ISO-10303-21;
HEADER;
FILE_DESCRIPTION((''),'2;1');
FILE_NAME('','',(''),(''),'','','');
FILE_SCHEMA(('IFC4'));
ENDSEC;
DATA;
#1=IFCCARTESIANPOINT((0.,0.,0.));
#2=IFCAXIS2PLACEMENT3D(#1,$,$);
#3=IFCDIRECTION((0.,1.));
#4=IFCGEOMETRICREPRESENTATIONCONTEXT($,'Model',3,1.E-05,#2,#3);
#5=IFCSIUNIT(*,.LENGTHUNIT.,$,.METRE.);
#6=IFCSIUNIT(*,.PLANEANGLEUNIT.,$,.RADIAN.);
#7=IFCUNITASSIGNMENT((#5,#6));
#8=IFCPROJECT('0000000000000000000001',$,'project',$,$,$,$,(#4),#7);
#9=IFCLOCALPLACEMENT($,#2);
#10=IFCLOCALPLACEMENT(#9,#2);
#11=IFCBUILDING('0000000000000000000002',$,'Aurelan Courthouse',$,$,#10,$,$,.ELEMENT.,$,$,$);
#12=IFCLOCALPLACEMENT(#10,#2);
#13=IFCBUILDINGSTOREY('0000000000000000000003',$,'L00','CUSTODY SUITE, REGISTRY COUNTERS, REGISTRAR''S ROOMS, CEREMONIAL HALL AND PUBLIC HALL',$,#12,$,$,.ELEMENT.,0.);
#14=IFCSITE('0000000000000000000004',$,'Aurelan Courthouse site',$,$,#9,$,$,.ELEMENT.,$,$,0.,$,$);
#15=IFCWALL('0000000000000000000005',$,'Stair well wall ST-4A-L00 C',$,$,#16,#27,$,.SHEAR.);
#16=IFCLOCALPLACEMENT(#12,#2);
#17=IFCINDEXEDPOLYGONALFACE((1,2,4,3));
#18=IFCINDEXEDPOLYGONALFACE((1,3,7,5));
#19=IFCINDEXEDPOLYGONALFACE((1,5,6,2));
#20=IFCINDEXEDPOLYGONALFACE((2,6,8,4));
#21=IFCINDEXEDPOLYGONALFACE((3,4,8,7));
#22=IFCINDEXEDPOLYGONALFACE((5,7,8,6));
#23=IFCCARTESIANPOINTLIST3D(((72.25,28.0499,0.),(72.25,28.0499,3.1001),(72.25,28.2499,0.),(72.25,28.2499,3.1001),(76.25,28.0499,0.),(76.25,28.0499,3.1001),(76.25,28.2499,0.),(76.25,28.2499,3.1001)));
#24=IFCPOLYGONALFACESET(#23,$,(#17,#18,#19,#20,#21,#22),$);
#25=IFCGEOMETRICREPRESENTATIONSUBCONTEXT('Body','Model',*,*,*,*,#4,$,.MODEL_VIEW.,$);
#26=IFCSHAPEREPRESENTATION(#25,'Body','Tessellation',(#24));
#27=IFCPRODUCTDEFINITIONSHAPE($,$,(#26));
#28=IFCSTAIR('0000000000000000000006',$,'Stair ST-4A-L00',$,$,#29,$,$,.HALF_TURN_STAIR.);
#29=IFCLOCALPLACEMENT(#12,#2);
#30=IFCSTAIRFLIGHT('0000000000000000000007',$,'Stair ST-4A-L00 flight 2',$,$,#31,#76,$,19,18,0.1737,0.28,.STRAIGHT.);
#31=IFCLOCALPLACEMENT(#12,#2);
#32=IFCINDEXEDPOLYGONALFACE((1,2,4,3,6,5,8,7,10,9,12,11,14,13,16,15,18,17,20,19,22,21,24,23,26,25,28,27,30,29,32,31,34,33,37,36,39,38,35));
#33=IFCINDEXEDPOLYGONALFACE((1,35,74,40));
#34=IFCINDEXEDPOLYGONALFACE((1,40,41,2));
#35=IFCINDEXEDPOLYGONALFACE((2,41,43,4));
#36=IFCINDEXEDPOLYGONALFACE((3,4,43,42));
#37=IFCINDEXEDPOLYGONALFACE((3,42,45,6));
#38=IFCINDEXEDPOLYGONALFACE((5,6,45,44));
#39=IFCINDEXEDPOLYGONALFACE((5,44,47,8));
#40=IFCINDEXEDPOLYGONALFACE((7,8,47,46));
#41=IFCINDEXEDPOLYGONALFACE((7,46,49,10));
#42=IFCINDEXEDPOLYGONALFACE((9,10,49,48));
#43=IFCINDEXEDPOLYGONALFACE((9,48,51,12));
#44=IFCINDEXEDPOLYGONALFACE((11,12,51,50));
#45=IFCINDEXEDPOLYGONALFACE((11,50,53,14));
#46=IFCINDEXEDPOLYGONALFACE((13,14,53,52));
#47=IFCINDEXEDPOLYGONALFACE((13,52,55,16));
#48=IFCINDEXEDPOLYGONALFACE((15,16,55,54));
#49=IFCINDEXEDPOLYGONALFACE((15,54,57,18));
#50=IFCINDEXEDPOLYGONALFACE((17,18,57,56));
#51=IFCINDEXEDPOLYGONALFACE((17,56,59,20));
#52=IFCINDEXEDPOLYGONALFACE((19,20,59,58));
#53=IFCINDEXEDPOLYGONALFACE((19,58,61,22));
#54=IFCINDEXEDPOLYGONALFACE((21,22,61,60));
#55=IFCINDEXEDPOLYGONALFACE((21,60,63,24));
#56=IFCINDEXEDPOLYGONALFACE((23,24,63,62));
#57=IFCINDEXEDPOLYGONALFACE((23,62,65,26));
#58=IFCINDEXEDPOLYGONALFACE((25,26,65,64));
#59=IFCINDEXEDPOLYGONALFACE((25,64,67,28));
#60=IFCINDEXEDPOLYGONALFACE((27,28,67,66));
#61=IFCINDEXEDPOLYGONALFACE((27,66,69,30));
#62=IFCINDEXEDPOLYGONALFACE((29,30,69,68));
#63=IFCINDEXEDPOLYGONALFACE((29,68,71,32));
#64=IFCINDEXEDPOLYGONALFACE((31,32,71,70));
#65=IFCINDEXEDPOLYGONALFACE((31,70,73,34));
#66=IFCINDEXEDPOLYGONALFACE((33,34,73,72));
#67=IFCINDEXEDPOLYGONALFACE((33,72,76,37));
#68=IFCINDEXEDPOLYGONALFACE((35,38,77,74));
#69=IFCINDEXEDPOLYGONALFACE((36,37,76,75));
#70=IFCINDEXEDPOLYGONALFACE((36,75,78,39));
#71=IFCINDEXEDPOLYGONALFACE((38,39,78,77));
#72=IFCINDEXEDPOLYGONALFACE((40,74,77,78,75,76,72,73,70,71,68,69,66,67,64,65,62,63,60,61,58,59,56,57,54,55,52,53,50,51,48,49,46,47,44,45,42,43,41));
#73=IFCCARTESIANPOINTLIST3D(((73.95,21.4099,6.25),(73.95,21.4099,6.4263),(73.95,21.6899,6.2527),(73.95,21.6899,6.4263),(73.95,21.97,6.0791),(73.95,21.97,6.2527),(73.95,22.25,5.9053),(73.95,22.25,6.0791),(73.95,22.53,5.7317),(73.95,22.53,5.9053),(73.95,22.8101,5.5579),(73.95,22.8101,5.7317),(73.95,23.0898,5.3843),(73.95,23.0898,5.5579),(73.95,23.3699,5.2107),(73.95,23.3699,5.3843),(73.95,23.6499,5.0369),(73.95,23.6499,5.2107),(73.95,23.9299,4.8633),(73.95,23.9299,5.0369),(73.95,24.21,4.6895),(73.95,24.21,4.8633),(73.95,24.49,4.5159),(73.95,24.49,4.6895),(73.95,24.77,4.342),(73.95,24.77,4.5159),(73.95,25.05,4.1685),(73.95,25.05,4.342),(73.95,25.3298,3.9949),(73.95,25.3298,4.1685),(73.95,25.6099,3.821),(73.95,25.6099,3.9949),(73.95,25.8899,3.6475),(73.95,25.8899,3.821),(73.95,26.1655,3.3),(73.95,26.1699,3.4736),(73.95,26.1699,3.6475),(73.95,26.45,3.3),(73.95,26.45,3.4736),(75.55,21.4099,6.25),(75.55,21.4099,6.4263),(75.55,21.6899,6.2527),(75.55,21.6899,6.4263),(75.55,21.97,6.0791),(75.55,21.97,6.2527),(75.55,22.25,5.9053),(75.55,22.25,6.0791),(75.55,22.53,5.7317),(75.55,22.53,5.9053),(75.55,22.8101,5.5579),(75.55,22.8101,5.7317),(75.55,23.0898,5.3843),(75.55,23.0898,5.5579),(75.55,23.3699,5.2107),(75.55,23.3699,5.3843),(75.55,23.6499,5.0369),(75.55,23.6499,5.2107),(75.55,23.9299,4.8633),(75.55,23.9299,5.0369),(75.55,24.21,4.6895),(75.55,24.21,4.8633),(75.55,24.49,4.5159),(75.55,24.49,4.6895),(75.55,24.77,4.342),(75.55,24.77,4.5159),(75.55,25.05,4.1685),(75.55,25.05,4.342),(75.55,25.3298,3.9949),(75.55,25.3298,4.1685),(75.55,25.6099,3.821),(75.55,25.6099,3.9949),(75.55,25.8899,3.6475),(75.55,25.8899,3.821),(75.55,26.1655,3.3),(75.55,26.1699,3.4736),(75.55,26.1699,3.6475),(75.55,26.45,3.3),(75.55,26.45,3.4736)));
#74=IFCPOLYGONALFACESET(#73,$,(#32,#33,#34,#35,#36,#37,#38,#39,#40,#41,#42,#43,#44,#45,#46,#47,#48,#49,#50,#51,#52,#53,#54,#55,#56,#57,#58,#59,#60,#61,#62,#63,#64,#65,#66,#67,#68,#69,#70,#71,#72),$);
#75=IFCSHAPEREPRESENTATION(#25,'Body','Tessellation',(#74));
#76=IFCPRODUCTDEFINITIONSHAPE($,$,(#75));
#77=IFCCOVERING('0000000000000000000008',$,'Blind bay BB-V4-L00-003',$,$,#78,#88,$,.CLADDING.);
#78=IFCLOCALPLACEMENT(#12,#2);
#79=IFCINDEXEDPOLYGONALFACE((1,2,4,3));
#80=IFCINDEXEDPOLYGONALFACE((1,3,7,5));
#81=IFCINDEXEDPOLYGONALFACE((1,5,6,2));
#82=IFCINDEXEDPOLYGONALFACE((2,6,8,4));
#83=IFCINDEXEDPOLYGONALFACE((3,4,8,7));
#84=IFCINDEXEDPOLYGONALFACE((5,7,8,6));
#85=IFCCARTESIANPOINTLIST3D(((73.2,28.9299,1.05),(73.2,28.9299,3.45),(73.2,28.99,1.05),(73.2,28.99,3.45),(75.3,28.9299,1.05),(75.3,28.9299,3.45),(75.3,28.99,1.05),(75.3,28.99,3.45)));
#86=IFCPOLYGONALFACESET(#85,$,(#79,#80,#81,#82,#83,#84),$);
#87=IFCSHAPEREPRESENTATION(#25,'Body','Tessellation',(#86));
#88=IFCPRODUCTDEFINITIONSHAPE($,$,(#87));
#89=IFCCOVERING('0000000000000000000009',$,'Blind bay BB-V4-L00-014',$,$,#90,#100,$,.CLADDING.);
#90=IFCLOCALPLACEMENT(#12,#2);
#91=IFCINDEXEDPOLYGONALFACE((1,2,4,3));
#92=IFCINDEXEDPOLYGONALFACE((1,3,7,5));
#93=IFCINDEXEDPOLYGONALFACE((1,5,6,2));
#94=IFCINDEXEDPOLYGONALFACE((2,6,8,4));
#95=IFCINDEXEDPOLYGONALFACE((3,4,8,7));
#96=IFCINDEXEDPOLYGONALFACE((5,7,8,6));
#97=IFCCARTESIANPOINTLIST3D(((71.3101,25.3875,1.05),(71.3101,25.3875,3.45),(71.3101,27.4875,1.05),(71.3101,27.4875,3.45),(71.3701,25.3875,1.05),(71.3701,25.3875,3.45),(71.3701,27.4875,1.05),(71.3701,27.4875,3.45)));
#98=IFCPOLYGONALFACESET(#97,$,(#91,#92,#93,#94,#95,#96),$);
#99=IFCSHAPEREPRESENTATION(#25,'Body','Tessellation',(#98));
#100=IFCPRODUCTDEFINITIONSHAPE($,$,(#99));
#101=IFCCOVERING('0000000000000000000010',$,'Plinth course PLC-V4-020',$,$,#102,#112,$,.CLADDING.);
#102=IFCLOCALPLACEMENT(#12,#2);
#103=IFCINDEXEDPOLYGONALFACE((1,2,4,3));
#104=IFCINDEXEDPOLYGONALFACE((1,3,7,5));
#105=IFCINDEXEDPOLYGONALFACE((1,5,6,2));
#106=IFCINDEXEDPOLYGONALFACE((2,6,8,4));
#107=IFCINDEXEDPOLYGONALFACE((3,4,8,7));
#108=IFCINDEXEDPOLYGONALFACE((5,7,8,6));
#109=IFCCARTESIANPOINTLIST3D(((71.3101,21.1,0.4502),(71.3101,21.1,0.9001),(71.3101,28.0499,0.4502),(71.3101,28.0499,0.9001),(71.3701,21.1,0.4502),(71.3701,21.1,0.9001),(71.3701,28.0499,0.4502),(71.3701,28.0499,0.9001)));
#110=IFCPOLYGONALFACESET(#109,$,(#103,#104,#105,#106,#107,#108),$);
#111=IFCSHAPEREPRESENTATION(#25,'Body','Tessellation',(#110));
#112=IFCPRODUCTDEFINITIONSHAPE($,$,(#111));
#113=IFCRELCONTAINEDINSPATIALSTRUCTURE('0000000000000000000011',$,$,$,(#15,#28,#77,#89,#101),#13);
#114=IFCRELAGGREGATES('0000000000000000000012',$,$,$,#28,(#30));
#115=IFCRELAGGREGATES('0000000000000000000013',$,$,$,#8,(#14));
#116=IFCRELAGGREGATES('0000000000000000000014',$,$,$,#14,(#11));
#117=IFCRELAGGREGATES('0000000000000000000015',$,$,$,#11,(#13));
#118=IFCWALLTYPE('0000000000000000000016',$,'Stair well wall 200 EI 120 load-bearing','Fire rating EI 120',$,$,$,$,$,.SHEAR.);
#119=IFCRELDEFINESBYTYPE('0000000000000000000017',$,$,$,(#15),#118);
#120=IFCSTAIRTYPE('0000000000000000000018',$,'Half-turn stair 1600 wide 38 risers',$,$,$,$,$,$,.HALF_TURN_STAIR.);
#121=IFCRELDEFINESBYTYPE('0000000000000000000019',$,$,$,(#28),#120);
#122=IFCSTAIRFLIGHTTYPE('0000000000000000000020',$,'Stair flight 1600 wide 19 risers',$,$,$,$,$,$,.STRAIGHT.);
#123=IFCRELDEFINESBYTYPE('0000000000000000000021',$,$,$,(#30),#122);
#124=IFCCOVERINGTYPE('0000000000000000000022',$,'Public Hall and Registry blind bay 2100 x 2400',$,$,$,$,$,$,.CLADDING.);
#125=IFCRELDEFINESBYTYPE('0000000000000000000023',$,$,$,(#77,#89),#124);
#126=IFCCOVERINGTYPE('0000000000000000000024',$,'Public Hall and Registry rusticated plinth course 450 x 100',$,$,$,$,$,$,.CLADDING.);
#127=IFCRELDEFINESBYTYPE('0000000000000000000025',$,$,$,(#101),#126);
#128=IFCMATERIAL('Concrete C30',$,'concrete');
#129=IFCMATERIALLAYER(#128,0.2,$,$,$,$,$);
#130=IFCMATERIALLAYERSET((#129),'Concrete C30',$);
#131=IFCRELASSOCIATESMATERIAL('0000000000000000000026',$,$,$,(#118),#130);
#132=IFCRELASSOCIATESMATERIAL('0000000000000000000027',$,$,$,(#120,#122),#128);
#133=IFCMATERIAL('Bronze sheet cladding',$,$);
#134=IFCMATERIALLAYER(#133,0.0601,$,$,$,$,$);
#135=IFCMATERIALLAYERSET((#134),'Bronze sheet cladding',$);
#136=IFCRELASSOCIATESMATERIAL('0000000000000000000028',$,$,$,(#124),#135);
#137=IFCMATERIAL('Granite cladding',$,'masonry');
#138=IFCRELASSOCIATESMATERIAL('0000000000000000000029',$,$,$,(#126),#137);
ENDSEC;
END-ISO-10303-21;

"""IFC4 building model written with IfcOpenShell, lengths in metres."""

from ifc_helpers import new_model, si_unit, direction, frame, frame_2d, origin, origin_2d, place, context, subcontext, project, spatial, polyline, rectangle, outline, extrude, material, layer, layer_set, type_object, element, aggregate, save


model = new_model("IFC4")

# Units and contexts
model_context = context("Model", 3, precision=1e-05, world=origin(), true_north=direction((0.0, 1.0)))
body_context = subcontext(model_context, "Body", "Model", "MODEL_VIEW")
ifc_project = project(units=[si_unit("LENGTHUNIT", "METRE"), si_unit("PLANEANGLEUNIT", "RADIAN")], contexts=[model_context])

# Site, building, storey
site_placement = place(None, origin())
site = spatial("IfcSite", under=ifc_project, at=site_placement, Name="Aurelan Courthouse site", CompositionType="ELEMENT", RefElevation=0.0)
building_placement = place(site_placement, origin())
building = spatial("IfcBuilding", under=site, at=building_placement, Name="Aurelan Courthouse", CompositionType="ELEMENT")
storey_placement = place(building_placement, origin())
storey = spatial("IfcBuildingStorey", under=building, at=storey_placement, Name="L00", Description="CUSTODY SUITE, REGISTRY COUNTERS, REGISTRAR'S ROOMS, CEREMONIAL HALL AND PUBLIC HALL", CompositionType="ELEMENT", Elevation=0.0)

# Wall
ifc_material_1 = material(Name="Granite cladding", Category="masonry")
ifc_material_2 = material(Name="Concrete C30", Category="concrete")
ifc_layer_1 = layer(ifc_material_2, 0.2)
ifc_layer_set_1 = layer_set([ifc_layer_1], Name="Concrete C30")
wall_type_1 = type_object("IfcWallType", Name="Stair well wall 200 EI 120 load-bearing", Description="Fire rating EI 120", PredefinedType="SHEAR", material=ifc_layer_set_1)
wall_1_placement = place(storey_placement, frame((72.25, 28.1499, 0.0), z_axis=(0.0, 0.0, 1.0), x_axis=(1.0, 0.0, 0.0)))
element("IfcWall", 1, at=wall_1_placement, inside=storey, type_object=wall_type_1, Name="Stair well wall ST-4A-L00 C", PredefinedType="SHEAR", context=body_context, shape_type="SweptSolid", body=[
    extrude(rectangle(XDim=4.0, YDim=0.2, at=frame_2d((2.0, 0.0))), origin(), (0.0, 0.0, 1.0), 3.1001),
])

# Stair, stair flight
stair_type = type_object("IfcStairType", Name="Half-turn stair 1600 wide 38 risers", PredefinedType="HALF_TURN_STAIR", material=ifc_material_2)
stair_placement = place(storey_placement, origin())
stair = element("IfcStair", 2, at=stair_placement, inside=storey, type_object=stair_type, Name="Stair ST-4A-L00", PredefinedType="HALF_TURN_STAIR")
stair_flight_type = type_object("IfcStairFlightType", Name="Stair flight 1600 wide 19 risers", PredefinedType="STRAIGHT", material=ifc_material_2)
stair_flight_placement = place(storey_placement, frame((74.75, 26.45, 3.3), z_axis=(0.0, 0.0, 1.0), x_axis=(0.0, -1.0, 0.0)))
stair_flight = element("IfcStairFlight", 3, at=stair_flight_placement, type_object=stair_flight_type, Name="Stair ST-4A-L00 flight 2", NumberOfRisers=19, NumberOfTreads=18, PredefinedType="STRAIGHT", RiserHeight=0.1737, TreadLength=0.28, context=body_context, shape_type="SweptSolid", body=[
    extrude(outline(polyline([(0.0, 0.0), (0.0, 0.1736), (0.28, 0.1736), (0.28, 0.3474), (0.5601, 0.3474), (0.5601, 0.521), (0.8401, 0.521), (0.8401, 0.6948), (1.1201, 0.6948), (1.1201, 0.8684), (1.3999, 0.8684), (1.3999, 1.042), (1.6799, 1.042), (1.6799, 1.2158), (1.96, 1.2158), (1.96, 1.3894), (2.24, 1.3894), (2.24, 1.5632), (2.52, 1.5632), (2.52, 1.7368), (2.8, 1.7368), (2.8, 1.9106), (3.0801, 1.9106), (3.0801, 2.0842), (3.3601, 2.0842), (3.3601, 2.2578), (3.6399, 2.2578), (3.6399, 2.4316), (3.9199, 2.4316), (3.9199, 2.6052), (4.2, 2.6052), (4.2, 2.7791), (4.48, 2.7791), (4.48, 2.9526), (4.76, 2.9526), (4.76, 3.1262), (5.04, 3.1262), (5.04, 3.3), (5.04, 2.95), (0.2844, 0.0), (0.0, 0.0)])), frame((0.0, 0.8, 0.0), z_axis=(0.0, -1.0, 0.0), x_axis=(1.0, 0.0, 0.0)), (0.0, 0.0, 1.0), 1.6001),
])
aggregate(stair, [stair_flight])

# Coverings
ifc_material_3 = material(Name="Bronze sheet cladding")
ifc_layer_2 = layer(ifc_material_3, 0.0601)
ifc_layer_set_2 = layer_set([ifc_layer_2], Name="Bronze sheet cladding")
covering_type_1 = type_object("IfcCoveringType", Name="Public Hall and Registry blind bay 2100 x 2400", PredefinedType="CLADDING", material=ifc_layer_set_2)
covering_1_placement = place(storey_placement, frame((74.25, 28.96, 1.05), z_axis=(0.0, 0.0, 1.0), x_axis=(1.0, 0.0, 0.0)))
element("IfcCovering", 4, at=covering_1_placement, inside=storey, type_object=covering_type_1, Name="Blind bay BB-V4-L00-003", PredefinedType="CLADDING", context=body_context, shape_type="SweptSolid", body=[
    extrude(rectangle(XDim=2.1001, YDim=0.0601, at=origin_2d()), origin(), (0.0, 0.0, 1.0), 2.3999),
])
covering_2_placement = place(storey_placement, frame((71.3401, 26.4375, 1.05), z_axis=(0.0, 0.0, 1.0), x_axis=(1.0, 0.0, 0.0)))
element("IfcCovering", 5, at=covering_2_placement, inside=storey, type_object=covering_type_1, Name="Blind bay BB-V4-L00-014", PredefinedType="CLADDING", context=body_context, shape_type="SweptSolid", body=[
    extrude(rectangle(XDim=0.0601, YDim=2.1001, at=origin_2d()), origin(), (0.0, 0.0, 1.0), 2.3999),
])
covering_type_2 = type_object("IfcCoveringType", Name="Public Hall and Registry rusticated plinth course 450 x 100", PredefinedType="CLADDING", material=ifc_material_1)
covering_3_placement = place(storey_placement, frame((71.3401, 24.575, 0.4502), z_axis=(0.0, 0.0, 1.0), x_axis=(1.0, 0.0, 0.0)))
element("IfcCovering", 6, at=covering_3_placement, inside=storey, type_object=covering_type_2, Name="Plinth course PLC-V4-020", PredefinedType="CLADDING", context=body_context, shape_type="SweptSolid", body=[
    extrude(rectangle(XDim=0.0601, YDim=6.95, at=origin_2d()), origin(), (0.0, 0.0, 1.0), 0.45),
])

save(model, "model.ifc")
